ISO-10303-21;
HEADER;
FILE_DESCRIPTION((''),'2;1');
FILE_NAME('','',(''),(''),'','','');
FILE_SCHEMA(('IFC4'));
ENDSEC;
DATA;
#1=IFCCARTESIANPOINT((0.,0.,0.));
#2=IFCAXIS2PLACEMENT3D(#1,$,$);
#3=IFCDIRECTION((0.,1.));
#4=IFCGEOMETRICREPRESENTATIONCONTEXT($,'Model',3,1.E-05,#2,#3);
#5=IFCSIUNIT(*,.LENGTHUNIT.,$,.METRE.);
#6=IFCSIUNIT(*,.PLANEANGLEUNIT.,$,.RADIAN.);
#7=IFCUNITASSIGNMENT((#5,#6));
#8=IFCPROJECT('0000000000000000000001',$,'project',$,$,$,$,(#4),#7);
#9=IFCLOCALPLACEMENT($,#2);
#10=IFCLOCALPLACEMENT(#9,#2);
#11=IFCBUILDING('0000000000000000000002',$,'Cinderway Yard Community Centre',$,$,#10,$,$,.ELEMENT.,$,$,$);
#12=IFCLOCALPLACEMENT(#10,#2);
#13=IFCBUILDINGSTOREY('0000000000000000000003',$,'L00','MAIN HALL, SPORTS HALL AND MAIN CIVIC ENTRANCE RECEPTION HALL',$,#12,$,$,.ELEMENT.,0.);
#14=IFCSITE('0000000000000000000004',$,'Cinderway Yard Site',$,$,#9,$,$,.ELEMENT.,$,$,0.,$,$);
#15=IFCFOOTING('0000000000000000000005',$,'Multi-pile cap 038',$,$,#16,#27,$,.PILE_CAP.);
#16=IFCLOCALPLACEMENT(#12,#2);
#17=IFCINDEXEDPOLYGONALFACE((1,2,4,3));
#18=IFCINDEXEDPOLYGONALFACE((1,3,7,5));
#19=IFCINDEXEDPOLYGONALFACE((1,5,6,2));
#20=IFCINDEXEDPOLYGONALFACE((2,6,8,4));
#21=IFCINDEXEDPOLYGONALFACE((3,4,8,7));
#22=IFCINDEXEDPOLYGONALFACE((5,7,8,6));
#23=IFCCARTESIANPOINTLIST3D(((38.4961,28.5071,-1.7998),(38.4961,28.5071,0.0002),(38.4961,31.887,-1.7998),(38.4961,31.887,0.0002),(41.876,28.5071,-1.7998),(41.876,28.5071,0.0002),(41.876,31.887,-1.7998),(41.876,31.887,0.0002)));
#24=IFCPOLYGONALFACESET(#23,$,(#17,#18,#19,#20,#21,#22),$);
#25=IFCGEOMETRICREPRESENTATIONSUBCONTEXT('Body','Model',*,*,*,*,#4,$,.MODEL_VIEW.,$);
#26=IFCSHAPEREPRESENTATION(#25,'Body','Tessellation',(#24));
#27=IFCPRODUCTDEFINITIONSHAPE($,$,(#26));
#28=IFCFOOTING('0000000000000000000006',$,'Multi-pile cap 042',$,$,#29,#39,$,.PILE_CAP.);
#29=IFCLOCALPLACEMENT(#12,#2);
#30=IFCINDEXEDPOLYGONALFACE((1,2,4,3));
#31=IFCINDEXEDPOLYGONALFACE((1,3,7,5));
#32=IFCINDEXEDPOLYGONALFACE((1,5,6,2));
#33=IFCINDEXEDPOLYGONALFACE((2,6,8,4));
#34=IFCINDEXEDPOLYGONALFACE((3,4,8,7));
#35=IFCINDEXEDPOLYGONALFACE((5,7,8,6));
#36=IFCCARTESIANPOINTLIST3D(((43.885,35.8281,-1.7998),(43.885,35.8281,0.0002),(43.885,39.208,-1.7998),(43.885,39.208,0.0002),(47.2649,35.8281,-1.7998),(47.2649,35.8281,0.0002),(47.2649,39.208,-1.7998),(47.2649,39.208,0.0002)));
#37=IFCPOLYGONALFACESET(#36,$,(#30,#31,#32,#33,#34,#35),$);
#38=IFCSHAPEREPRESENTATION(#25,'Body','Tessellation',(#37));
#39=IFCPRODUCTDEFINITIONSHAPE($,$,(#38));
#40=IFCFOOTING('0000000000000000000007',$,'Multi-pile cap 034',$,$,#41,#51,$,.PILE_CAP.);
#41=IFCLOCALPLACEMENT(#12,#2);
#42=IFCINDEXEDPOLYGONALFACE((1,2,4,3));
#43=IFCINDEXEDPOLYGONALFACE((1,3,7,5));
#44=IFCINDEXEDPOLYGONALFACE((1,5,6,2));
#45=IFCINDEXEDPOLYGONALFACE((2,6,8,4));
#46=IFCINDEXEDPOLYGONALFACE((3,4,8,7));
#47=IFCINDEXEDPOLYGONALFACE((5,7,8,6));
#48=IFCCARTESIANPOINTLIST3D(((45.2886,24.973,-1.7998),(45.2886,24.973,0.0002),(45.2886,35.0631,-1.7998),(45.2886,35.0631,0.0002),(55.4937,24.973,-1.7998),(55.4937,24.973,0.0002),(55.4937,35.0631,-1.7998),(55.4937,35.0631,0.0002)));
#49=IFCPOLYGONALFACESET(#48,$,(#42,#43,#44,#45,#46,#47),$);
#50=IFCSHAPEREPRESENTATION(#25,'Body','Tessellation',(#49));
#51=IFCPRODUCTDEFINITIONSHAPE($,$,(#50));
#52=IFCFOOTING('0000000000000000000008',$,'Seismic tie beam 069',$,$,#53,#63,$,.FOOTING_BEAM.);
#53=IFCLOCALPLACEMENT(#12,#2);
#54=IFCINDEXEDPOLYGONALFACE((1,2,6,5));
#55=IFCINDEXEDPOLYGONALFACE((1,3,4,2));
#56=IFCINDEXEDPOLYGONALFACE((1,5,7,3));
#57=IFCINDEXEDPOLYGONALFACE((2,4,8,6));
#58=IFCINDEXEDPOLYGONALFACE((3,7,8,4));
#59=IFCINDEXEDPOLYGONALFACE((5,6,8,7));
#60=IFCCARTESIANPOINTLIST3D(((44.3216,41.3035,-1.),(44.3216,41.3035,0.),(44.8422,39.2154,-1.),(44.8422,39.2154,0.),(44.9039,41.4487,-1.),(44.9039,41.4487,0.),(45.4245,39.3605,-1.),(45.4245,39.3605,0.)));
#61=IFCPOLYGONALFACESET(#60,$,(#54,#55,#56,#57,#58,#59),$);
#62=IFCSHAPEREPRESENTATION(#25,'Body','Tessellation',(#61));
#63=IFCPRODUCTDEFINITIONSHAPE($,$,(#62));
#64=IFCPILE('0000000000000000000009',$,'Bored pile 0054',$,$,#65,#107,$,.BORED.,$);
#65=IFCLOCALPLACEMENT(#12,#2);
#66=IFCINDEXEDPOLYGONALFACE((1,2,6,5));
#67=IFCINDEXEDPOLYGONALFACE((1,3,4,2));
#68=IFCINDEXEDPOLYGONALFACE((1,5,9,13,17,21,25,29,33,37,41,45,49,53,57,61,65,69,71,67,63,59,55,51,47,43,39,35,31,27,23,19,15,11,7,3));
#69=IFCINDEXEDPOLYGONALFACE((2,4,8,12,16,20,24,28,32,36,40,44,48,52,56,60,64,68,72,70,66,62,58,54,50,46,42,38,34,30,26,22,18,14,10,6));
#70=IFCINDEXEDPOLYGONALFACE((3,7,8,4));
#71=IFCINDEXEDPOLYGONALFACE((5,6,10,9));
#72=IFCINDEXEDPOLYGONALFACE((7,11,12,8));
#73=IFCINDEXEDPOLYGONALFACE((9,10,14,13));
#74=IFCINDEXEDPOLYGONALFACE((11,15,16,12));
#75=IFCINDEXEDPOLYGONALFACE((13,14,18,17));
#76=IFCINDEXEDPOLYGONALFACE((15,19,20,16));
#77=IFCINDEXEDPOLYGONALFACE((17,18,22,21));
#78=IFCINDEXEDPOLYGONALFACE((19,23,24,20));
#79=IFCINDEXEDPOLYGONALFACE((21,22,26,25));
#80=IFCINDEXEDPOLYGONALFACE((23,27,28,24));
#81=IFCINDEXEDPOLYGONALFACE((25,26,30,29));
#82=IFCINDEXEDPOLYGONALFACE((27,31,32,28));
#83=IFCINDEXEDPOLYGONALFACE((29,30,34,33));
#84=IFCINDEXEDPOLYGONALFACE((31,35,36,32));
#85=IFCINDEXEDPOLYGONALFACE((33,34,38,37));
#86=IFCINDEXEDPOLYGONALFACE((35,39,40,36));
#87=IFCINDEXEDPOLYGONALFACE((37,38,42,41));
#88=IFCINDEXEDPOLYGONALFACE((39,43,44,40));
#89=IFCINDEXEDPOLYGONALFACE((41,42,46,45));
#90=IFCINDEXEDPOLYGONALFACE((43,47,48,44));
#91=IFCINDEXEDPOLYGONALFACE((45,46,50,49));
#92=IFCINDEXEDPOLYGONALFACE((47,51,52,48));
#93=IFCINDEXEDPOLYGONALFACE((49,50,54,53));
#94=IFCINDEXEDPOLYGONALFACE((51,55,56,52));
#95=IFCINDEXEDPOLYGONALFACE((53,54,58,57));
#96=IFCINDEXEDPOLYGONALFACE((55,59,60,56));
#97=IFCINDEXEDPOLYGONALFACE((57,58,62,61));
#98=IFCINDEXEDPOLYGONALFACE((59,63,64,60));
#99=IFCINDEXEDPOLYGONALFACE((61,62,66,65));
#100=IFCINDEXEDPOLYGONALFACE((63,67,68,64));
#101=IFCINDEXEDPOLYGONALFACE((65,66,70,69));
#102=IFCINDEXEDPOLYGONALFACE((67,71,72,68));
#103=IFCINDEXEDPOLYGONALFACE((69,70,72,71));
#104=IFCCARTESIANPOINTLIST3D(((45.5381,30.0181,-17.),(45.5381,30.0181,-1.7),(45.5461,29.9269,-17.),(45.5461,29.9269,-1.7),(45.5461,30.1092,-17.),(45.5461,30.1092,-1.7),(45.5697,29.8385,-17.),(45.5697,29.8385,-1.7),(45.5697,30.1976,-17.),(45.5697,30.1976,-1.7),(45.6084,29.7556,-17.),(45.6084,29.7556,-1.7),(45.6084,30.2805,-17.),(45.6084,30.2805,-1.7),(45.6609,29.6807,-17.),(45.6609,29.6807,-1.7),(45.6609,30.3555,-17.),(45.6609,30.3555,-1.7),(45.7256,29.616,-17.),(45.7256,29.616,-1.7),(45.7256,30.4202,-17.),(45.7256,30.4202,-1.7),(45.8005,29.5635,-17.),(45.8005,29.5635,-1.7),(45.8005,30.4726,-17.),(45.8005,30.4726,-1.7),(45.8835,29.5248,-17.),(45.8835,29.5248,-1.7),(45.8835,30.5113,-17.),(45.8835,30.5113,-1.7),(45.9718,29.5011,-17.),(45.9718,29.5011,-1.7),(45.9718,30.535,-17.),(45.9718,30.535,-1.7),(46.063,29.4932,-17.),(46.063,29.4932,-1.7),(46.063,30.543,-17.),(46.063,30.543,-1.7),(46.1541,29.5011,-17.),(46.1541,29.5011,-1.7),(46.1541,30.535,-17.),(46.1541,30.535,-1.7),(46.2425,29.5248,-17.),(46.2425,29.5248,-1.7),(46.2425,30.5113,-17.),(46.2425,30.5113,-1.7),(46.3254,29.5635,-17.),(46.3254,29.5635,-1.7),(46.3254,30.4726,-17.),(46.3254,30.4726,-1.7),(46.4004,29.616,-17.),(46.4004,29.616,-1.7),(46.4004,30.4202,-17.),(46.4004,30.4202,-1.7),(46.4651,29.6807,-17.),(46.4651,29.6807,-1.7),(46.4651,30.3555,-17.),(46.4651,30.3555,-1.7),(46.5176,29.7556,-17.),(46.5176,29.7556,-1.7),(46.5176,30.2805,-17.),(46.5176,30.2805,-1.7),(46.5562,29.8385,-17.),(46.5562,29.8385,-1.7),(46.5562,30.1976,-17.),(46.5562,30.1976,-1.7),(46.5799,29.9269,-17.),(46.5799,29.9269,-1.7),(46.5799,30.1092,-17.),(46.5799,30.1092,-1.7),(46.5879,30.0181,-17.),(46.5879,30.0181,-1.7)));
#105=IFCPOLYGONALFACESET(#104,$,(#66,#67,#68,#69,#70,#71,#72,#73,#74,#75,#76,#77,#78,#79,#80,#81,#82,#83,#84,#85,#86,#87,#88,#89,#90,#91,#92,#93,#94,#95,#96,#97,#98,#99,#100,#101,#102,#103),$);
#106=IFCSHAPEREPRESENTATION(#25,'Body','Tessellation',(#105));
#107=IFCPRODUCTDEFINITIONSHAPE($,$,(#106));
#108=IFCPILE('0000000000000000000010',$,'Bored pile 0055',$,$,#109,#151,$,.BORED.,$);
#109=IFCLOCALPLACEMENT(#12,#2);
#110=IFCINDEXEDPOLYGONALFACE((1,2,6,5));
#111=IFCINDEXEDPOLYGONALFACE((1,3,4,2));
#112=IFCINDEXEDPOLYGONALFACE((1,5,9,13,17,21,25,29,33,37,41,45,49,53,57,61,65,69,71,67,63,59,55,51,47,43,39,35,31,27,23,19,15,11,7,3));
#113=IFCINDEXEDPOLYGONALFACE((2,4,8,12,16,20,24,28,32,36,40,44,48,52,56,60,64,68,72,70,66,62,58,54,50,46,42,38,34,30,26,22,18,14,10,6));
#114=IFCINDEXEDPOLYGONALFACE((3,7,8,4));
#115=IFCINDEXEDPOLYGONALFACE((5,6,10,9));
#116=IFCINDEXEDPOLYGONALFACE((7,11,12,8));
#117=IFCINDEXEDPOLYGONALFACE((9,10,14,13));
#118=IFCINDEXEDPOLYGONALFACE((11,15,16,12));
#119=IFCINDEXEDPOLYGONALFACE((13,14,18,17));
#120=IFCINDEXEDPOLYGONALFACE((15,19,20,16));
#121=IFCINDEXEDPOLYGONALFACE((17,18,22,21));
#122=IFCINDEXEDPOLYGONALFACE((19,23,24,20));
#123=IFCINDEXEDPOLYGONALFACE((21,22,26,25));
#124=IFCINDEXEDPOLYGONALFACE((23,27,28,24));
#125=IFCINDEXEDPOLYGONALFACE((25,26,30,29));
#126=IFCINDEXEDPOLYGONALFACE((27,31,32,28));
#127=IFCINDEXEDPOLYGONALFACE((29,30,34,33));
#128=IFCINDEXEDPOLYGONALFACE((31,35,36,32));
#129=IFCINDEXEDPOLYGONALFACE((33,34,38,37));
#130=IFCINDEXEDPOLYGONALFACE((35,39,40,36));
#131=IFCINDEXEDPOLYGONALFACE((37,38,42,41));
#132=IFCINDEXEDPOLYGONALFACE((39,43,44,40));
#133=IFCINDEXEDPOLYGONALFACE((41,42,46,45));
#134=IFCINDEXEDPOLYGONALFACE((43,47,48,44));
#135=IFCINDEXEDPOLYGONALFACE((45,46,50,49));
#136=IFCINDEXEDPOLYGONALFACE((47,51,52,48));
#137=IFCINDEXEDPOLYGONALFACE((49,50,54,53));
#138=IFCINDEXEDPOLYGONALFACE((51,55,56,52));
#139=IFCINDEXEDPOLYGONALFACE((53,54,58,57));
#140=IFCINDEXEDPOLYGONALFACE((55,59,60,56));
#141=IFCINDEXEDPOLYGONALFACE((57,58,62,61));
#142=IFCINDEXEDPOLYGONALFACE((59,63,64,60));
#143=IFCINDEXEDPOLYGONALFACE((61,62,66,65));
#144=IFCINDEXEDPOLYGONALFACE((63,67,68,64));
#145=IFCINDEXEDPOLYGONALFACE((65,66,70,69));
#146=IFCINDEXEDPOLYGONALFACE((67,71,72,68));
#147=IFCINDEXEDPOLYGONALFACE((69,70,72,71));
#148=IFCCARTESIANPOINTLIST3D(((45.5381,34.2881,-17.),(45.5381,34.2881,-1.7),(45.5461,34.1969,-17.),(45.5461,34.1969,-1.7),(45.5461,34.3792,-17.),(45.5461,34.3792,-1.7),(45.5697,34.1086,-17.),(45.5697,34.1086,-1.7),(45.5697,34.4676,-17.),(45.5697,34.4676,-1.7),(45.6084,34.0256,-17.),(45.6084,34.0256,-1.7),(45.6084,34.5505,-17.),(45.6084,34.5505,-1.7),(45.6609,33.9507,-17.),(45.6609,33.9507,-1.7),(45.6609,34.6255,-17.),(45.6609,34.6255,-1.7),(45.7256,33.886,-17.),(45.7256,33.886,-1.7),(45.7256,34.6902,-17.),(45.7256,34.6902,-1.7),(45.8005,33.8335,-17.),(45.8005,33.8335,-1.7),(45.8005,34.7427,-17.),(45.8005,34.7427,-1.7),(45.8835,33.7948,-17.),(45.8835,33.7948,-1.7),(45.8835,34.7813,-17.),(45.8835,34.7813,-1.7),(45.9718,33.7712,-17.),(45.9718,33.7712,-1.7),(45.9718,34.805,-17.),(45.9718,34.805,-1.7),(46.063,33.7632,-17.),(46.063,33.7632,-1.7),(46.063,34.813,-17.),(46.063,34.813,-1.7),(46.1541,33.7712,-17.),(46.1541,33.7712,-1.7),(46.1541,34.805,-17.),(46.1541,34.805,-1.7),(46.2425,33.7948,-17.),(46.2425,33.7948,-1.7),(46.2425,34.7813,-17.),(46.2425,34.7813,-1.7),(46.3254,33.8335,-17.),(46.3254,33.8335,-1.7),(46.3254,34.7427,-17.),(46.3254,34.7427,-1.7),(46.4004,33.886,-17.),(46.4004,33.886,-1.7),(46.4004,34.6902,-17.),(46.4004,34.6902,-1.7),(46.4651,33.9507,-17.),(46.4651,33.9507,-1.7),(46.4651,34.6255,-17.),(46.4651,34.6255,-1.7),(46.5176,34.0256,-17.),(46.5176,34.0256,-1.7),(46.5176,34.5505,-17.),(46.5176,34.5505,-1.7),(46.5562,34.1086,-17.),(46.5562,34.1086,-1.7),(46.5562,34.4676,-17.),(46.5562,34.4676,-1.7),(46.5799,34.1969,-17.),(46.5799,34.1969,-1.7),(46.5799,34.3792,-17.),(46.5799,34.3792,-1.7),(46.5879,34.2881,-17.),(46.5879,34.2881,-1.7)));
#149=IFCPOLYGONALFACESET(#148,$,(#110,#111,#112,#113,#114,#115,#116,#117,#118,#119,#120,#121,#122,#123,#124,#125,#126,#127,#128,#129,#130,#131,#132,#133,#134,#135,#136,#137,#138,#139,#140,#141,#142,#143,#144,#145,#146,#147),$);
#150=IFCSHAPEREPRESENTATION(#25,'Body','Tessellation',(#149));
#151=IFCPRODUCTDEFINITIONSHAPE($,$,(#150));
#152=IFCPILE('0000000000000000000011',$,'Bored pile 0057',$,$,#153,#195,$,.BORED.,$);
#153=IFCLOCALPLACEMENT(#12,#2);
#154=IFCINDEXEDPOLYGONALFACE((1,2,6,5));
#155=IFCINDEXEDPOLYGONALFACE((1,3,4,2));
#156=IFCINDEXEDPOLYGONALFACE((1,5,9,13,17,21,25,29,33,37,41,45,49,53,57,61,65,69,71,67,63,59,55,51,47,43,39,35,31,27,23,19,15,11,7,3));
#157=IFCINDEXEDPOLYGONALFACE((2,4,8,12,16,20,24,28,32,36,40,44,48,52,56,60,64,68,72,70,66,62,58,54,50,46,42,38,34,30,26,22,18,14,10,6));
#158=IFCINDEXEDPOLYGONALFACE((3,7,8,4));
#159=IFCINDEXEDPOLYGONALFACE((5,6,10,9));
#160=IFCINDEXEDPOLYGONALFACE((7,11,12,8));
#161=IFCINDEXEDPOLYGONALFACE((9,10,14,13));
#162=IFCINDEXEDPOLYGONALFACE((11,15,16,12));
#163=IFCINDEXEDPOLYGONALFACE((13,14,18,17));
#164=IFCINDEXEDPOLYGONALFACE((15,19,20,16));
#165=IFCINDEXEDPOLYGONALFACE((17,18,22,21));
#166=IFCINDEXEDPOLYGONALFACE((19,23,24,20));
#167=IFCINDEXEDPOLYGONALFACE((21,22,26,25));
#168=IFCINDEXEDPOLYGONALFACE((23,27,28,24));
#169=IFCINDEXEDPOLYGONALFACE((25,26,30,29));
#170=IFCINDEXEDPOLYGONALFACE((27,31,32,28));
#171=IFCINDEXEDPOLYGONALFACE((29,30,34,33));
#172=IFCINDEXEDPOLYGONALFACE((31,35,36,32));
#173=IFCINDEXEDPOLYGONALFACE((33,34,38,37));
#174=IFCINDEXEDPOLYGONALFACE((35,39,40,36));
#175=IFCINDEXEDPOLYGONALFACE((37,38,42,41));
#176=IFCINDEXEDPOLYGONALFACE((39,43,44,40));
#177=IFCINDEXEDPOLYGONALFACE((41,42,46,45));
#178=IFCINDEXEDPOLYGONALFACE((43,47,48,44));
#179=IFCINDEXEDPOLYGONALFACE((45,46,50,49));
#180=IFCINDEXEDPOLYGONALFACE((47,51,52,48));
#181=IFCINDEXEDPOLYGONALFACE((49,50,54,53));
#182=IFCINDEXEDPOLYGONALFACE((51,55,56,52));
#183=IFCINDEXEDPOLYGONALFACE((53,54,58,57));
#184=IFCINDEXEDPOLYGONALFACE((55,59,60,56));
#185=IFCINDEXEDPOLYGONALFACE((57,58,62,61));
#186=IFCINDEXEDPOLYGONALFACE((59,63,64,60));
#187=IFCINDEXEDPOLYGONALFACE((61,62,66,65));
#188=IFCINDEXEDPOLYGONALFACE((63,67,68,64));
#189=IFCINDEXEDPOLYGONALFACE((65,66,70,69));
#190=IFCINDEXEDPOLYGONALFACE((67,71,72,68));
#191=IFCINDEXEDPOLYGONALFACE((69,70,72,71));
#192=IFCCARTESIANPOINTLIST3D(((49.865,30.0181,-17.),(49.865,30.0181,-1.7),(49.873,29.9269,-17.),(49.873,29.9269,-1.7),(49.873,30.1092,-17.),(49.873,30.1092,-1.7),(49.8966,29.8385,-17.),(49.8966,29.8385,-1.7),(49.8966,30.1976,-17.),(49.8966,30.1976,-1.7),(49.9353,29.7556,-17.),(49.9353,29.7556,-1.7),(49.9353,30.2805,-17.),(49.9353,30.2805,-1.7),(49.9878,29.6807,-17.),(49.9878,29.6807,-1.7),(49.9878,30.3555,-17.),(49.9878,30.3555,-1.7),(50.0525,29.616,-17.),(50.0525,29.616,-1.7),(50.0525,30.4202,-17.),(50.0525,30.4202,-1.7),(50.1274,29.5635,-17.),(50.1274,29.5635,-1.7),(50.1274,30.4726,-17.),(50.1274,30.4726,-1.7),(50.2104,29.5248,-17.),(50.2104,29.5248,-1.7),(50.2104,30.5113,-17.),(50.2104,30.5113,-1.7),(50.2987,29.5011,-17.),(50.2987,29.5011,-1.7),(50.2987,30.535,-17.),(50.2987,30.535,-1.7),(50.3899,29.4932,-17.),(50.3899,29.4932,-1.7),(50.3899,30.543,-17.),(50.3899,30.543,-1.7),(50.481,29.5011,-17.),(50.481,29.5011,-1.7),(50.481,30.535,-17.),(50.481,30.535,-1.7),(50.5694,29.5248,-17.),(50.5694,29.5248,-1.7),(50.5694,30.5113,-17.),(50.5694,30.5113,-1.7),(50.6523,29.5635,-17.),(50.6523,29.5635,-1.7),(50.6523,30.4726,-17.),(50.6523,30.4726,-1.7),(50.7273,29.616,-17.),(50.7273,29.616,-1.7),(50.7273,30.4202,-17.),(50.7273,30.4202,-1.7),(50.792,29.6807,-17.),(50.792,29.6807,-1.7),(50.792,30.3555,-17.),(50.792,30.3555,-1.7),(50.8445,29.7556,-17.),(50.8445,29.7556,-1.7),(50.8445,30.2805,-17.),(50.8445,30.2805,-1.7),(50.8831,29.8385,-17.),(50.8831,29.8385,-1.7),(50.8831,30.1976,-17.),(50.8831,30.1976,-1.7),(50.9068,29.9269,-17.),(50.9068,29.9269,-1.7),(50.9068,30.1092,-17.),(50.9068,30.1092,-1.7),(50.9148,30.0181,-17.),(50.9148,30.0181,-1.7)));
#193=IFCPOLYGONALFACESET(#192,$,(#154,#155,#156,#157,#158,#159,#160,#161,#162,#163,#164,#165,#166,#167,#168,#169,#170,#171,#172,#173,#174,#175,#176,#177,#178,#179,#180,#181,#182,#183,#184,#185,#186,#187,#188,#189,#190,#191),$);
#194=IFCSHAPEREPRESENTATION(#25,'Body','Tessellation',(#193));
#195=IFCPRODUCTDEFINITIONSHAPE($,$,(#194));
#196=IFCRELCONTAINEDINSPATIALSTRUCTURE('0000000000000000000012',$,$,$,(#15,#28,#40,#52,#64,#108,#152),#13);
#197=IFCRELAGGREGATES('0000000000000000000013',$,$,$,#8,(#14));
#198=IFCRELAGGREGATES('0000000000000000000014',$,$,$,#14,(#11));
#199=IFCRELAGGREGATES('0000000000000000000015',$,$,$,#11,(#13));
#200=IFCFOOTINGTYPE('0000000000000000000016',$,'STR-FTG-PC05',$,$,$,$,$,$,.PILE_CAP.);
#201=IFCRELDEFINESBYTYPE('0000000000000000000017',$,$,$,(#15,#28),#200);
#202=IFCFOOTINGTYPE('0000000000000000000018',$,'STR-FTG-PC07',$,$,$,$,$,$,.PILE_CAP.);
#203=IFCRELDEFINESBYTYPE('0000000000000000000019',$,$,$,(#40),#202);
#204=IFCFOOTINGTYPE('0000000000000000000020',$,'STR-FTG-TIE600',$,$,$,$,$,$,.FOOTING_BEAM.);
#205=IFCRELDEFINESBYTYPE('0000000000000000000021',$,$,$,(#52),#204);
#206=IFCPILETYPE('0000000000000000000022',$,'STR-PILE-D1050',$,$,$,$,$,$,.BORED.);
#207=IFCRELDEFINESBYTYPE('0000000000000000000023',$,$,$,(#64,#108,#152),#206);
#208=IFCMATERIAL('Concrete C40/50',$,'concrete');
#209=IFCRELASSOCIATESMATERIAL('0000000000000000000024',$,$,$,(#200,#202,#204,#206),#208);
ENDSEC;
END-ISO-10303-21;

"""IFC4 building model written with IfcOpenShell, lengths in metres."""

from ifc_helpers import new_model, si_unit, direction, frame, origin, origin_2d, place, context, subcontext, project, spatial, rectangle, circle, extrude, material, material_profile, profile_set, type_object, element, save


model = new_model("IFC4")

# Units and contexts
model_context = context("Model", 3, precision=1e-05, world=origin(), true_north=direction((0.0, 1.0)))
body_context = subcontext(model_context, "Body", "Model", "MODEL_VIEW")
ifc_project = project(units=[si_unit("LENGTHUNIT", "METRE"), si_unit("PLANEANGLEUNIT", "RADIAN")], contexts=[model_context])

# Site, building, storey
site_placement = place(None, origin())
site = spatial("IfcSite", under=ifc_project, at=site_placement, Name="Cinderway Yard Site", CompositionType="ELEMENT", RefElevation=0.0)
building_placement = place(site_placement, origin())
building = spatial("IfcBuilding", under=site, at=building_placement, Name="Cinderway Yard Community Centre", CompositionType="ELEMENT")
storey_placement = place(building_placement, origin())
storey = spatial("IfcBuildingStorey", under=building, at=storey_placement, Name="L00", Description="MAIN HALL, SPORTS HALL AND MAIN CIVIC ENTRANCE RECEPTION HALL", CompositionType="ELEMENT", Elevation=0.0)

# Footings
ifc_material_1 = material(Name="Concrete C40/50", Category="concrete")
footing_type_1 = type_object("IfcFootingType", Name="STR-FTG-PC05", PredefinedType="PILE_CAP", material=ifc_material_1)
for number, where, z_axis, x_axis, name in (
    (1, (40.186, 30.197, -1.7998), (0.0, 0.0, 1.0), (1.0, 0.0, 0.0), "Multi-pile cap 038"),
    (2, (45.575, 37.5181, -1.7998), (0.0, 0.0, 1.0), (1.0, 0.0, 0.0), "Multi-pile cap 042"),
):
    element("IfcFooting", number, at=place(storey_placement, frame(where, z_axis=z_axis, x_axis=x_axis)), inside=storey, type_object=footing_type_1, Name=name, PredefinedType="PILE_CAP", context=body_context, shape_type="SweptSolid", body=[
        extrude(rectangle(XDim=3.3799, YDim=3.3799, at=origin_2d()), origin(), (0.0, 0.0, 1.0), 1.8),
    ])
footing_type_2 = type_object("IfcFootingType", Name="STR-FTG-PC07", PredefinedType="PILE_CAP", material=ifc_material_1)
footing_1_placement = place(storey_placement, frame((50.3911, 30.0181, -1.7998), z_axis=(0.0, 0.0, 1.0), x_axis=(1.0, 0.0, 0.0)))
element("IfcFooting", 3, at=footing_1_placement, inside=storey, type_object=footing_type_2, Name="Multi-pile cap 034", PredefinedType="PILE_CAP", context=body_context, shape_type="SweptSolid", body=[
    extrude(rectangle(XDim=10.2051, YDim=10.0901, at=origin_2d()), origin(), (0.0, 0.0, 1.0), 1.8),
])
footing_type_3 = type_object("IfcFootingType", Name="STR-FTG-TIE600", PredefinedType="FOOTING_BEAM", material=ifc_material_1)
footing_2_placement = place(storey_placement, frame((44.873, 40.332, -1.0), z_axis=(0.0, 0.0, 1.0), x_axis=(-0.241922, 0.970296, 0.0)))
element("IfcFooting", 4, at=footing_2_placement, inside=storey, type_object=footing_type_3, Name="Seismic tie beam 069", PredefinedType="FOOTING_BEAM", context=body_context, shape_type="SweptSolid", body=[
    extrude(rectangle(XDim=2.1521, YDim=0.6001, at=origin_2d()), origin(), (0.0, 0.0, 1.0), 1.0),
])

# Piles
ifc_material_profile_1 = material_profile(ifc_material_1, circle(Radius=0.5249, at=origin_2d()), Name="Concrete C40/50")
ifc_profile_set_1 = profile_set([ifc_material_profile_1], Name="Concrete C40/50")
pile_type_1 = type_object("IfcPileType", Name="STR-PILE-D1050", PredefinedType="BORED", material=ifc_profile_set_1)
for number, where, z_axis, x_axis, name in (
    (5, (46.063, 30.0181, -1.7), (0.0, 0.0, -1.0), (1.0, 0.0, 0.0), "Bored pile 0054"),
    (6, (46.063, 34.2881, -1.7), (0.0, 0.0, -1.0), (1.0, 0.0, 0.0), "Bored pile 0055"),
    (7, (50.3899, 30.0181, -1.7), (0.0, 0.0, -1.0), (1.0, 0.0, 0.0), "Bored pile 0057"),
):
    element("IfcPile", number, at=place(storey_placement, frame(where, z_axis=z_axis, x_axis=x_axis)), inside=storey, type_object=pile_type_1, Name=name, PredefinedType="BORED", context=body_context, shape_type="SweptSolid", body=[
        extrude(circle(Radius=0.5249, at=origin_2d()), origin(), (0.0, 0.0, 1.0), 15.3),
    ])

save(model, "model.ifc")
